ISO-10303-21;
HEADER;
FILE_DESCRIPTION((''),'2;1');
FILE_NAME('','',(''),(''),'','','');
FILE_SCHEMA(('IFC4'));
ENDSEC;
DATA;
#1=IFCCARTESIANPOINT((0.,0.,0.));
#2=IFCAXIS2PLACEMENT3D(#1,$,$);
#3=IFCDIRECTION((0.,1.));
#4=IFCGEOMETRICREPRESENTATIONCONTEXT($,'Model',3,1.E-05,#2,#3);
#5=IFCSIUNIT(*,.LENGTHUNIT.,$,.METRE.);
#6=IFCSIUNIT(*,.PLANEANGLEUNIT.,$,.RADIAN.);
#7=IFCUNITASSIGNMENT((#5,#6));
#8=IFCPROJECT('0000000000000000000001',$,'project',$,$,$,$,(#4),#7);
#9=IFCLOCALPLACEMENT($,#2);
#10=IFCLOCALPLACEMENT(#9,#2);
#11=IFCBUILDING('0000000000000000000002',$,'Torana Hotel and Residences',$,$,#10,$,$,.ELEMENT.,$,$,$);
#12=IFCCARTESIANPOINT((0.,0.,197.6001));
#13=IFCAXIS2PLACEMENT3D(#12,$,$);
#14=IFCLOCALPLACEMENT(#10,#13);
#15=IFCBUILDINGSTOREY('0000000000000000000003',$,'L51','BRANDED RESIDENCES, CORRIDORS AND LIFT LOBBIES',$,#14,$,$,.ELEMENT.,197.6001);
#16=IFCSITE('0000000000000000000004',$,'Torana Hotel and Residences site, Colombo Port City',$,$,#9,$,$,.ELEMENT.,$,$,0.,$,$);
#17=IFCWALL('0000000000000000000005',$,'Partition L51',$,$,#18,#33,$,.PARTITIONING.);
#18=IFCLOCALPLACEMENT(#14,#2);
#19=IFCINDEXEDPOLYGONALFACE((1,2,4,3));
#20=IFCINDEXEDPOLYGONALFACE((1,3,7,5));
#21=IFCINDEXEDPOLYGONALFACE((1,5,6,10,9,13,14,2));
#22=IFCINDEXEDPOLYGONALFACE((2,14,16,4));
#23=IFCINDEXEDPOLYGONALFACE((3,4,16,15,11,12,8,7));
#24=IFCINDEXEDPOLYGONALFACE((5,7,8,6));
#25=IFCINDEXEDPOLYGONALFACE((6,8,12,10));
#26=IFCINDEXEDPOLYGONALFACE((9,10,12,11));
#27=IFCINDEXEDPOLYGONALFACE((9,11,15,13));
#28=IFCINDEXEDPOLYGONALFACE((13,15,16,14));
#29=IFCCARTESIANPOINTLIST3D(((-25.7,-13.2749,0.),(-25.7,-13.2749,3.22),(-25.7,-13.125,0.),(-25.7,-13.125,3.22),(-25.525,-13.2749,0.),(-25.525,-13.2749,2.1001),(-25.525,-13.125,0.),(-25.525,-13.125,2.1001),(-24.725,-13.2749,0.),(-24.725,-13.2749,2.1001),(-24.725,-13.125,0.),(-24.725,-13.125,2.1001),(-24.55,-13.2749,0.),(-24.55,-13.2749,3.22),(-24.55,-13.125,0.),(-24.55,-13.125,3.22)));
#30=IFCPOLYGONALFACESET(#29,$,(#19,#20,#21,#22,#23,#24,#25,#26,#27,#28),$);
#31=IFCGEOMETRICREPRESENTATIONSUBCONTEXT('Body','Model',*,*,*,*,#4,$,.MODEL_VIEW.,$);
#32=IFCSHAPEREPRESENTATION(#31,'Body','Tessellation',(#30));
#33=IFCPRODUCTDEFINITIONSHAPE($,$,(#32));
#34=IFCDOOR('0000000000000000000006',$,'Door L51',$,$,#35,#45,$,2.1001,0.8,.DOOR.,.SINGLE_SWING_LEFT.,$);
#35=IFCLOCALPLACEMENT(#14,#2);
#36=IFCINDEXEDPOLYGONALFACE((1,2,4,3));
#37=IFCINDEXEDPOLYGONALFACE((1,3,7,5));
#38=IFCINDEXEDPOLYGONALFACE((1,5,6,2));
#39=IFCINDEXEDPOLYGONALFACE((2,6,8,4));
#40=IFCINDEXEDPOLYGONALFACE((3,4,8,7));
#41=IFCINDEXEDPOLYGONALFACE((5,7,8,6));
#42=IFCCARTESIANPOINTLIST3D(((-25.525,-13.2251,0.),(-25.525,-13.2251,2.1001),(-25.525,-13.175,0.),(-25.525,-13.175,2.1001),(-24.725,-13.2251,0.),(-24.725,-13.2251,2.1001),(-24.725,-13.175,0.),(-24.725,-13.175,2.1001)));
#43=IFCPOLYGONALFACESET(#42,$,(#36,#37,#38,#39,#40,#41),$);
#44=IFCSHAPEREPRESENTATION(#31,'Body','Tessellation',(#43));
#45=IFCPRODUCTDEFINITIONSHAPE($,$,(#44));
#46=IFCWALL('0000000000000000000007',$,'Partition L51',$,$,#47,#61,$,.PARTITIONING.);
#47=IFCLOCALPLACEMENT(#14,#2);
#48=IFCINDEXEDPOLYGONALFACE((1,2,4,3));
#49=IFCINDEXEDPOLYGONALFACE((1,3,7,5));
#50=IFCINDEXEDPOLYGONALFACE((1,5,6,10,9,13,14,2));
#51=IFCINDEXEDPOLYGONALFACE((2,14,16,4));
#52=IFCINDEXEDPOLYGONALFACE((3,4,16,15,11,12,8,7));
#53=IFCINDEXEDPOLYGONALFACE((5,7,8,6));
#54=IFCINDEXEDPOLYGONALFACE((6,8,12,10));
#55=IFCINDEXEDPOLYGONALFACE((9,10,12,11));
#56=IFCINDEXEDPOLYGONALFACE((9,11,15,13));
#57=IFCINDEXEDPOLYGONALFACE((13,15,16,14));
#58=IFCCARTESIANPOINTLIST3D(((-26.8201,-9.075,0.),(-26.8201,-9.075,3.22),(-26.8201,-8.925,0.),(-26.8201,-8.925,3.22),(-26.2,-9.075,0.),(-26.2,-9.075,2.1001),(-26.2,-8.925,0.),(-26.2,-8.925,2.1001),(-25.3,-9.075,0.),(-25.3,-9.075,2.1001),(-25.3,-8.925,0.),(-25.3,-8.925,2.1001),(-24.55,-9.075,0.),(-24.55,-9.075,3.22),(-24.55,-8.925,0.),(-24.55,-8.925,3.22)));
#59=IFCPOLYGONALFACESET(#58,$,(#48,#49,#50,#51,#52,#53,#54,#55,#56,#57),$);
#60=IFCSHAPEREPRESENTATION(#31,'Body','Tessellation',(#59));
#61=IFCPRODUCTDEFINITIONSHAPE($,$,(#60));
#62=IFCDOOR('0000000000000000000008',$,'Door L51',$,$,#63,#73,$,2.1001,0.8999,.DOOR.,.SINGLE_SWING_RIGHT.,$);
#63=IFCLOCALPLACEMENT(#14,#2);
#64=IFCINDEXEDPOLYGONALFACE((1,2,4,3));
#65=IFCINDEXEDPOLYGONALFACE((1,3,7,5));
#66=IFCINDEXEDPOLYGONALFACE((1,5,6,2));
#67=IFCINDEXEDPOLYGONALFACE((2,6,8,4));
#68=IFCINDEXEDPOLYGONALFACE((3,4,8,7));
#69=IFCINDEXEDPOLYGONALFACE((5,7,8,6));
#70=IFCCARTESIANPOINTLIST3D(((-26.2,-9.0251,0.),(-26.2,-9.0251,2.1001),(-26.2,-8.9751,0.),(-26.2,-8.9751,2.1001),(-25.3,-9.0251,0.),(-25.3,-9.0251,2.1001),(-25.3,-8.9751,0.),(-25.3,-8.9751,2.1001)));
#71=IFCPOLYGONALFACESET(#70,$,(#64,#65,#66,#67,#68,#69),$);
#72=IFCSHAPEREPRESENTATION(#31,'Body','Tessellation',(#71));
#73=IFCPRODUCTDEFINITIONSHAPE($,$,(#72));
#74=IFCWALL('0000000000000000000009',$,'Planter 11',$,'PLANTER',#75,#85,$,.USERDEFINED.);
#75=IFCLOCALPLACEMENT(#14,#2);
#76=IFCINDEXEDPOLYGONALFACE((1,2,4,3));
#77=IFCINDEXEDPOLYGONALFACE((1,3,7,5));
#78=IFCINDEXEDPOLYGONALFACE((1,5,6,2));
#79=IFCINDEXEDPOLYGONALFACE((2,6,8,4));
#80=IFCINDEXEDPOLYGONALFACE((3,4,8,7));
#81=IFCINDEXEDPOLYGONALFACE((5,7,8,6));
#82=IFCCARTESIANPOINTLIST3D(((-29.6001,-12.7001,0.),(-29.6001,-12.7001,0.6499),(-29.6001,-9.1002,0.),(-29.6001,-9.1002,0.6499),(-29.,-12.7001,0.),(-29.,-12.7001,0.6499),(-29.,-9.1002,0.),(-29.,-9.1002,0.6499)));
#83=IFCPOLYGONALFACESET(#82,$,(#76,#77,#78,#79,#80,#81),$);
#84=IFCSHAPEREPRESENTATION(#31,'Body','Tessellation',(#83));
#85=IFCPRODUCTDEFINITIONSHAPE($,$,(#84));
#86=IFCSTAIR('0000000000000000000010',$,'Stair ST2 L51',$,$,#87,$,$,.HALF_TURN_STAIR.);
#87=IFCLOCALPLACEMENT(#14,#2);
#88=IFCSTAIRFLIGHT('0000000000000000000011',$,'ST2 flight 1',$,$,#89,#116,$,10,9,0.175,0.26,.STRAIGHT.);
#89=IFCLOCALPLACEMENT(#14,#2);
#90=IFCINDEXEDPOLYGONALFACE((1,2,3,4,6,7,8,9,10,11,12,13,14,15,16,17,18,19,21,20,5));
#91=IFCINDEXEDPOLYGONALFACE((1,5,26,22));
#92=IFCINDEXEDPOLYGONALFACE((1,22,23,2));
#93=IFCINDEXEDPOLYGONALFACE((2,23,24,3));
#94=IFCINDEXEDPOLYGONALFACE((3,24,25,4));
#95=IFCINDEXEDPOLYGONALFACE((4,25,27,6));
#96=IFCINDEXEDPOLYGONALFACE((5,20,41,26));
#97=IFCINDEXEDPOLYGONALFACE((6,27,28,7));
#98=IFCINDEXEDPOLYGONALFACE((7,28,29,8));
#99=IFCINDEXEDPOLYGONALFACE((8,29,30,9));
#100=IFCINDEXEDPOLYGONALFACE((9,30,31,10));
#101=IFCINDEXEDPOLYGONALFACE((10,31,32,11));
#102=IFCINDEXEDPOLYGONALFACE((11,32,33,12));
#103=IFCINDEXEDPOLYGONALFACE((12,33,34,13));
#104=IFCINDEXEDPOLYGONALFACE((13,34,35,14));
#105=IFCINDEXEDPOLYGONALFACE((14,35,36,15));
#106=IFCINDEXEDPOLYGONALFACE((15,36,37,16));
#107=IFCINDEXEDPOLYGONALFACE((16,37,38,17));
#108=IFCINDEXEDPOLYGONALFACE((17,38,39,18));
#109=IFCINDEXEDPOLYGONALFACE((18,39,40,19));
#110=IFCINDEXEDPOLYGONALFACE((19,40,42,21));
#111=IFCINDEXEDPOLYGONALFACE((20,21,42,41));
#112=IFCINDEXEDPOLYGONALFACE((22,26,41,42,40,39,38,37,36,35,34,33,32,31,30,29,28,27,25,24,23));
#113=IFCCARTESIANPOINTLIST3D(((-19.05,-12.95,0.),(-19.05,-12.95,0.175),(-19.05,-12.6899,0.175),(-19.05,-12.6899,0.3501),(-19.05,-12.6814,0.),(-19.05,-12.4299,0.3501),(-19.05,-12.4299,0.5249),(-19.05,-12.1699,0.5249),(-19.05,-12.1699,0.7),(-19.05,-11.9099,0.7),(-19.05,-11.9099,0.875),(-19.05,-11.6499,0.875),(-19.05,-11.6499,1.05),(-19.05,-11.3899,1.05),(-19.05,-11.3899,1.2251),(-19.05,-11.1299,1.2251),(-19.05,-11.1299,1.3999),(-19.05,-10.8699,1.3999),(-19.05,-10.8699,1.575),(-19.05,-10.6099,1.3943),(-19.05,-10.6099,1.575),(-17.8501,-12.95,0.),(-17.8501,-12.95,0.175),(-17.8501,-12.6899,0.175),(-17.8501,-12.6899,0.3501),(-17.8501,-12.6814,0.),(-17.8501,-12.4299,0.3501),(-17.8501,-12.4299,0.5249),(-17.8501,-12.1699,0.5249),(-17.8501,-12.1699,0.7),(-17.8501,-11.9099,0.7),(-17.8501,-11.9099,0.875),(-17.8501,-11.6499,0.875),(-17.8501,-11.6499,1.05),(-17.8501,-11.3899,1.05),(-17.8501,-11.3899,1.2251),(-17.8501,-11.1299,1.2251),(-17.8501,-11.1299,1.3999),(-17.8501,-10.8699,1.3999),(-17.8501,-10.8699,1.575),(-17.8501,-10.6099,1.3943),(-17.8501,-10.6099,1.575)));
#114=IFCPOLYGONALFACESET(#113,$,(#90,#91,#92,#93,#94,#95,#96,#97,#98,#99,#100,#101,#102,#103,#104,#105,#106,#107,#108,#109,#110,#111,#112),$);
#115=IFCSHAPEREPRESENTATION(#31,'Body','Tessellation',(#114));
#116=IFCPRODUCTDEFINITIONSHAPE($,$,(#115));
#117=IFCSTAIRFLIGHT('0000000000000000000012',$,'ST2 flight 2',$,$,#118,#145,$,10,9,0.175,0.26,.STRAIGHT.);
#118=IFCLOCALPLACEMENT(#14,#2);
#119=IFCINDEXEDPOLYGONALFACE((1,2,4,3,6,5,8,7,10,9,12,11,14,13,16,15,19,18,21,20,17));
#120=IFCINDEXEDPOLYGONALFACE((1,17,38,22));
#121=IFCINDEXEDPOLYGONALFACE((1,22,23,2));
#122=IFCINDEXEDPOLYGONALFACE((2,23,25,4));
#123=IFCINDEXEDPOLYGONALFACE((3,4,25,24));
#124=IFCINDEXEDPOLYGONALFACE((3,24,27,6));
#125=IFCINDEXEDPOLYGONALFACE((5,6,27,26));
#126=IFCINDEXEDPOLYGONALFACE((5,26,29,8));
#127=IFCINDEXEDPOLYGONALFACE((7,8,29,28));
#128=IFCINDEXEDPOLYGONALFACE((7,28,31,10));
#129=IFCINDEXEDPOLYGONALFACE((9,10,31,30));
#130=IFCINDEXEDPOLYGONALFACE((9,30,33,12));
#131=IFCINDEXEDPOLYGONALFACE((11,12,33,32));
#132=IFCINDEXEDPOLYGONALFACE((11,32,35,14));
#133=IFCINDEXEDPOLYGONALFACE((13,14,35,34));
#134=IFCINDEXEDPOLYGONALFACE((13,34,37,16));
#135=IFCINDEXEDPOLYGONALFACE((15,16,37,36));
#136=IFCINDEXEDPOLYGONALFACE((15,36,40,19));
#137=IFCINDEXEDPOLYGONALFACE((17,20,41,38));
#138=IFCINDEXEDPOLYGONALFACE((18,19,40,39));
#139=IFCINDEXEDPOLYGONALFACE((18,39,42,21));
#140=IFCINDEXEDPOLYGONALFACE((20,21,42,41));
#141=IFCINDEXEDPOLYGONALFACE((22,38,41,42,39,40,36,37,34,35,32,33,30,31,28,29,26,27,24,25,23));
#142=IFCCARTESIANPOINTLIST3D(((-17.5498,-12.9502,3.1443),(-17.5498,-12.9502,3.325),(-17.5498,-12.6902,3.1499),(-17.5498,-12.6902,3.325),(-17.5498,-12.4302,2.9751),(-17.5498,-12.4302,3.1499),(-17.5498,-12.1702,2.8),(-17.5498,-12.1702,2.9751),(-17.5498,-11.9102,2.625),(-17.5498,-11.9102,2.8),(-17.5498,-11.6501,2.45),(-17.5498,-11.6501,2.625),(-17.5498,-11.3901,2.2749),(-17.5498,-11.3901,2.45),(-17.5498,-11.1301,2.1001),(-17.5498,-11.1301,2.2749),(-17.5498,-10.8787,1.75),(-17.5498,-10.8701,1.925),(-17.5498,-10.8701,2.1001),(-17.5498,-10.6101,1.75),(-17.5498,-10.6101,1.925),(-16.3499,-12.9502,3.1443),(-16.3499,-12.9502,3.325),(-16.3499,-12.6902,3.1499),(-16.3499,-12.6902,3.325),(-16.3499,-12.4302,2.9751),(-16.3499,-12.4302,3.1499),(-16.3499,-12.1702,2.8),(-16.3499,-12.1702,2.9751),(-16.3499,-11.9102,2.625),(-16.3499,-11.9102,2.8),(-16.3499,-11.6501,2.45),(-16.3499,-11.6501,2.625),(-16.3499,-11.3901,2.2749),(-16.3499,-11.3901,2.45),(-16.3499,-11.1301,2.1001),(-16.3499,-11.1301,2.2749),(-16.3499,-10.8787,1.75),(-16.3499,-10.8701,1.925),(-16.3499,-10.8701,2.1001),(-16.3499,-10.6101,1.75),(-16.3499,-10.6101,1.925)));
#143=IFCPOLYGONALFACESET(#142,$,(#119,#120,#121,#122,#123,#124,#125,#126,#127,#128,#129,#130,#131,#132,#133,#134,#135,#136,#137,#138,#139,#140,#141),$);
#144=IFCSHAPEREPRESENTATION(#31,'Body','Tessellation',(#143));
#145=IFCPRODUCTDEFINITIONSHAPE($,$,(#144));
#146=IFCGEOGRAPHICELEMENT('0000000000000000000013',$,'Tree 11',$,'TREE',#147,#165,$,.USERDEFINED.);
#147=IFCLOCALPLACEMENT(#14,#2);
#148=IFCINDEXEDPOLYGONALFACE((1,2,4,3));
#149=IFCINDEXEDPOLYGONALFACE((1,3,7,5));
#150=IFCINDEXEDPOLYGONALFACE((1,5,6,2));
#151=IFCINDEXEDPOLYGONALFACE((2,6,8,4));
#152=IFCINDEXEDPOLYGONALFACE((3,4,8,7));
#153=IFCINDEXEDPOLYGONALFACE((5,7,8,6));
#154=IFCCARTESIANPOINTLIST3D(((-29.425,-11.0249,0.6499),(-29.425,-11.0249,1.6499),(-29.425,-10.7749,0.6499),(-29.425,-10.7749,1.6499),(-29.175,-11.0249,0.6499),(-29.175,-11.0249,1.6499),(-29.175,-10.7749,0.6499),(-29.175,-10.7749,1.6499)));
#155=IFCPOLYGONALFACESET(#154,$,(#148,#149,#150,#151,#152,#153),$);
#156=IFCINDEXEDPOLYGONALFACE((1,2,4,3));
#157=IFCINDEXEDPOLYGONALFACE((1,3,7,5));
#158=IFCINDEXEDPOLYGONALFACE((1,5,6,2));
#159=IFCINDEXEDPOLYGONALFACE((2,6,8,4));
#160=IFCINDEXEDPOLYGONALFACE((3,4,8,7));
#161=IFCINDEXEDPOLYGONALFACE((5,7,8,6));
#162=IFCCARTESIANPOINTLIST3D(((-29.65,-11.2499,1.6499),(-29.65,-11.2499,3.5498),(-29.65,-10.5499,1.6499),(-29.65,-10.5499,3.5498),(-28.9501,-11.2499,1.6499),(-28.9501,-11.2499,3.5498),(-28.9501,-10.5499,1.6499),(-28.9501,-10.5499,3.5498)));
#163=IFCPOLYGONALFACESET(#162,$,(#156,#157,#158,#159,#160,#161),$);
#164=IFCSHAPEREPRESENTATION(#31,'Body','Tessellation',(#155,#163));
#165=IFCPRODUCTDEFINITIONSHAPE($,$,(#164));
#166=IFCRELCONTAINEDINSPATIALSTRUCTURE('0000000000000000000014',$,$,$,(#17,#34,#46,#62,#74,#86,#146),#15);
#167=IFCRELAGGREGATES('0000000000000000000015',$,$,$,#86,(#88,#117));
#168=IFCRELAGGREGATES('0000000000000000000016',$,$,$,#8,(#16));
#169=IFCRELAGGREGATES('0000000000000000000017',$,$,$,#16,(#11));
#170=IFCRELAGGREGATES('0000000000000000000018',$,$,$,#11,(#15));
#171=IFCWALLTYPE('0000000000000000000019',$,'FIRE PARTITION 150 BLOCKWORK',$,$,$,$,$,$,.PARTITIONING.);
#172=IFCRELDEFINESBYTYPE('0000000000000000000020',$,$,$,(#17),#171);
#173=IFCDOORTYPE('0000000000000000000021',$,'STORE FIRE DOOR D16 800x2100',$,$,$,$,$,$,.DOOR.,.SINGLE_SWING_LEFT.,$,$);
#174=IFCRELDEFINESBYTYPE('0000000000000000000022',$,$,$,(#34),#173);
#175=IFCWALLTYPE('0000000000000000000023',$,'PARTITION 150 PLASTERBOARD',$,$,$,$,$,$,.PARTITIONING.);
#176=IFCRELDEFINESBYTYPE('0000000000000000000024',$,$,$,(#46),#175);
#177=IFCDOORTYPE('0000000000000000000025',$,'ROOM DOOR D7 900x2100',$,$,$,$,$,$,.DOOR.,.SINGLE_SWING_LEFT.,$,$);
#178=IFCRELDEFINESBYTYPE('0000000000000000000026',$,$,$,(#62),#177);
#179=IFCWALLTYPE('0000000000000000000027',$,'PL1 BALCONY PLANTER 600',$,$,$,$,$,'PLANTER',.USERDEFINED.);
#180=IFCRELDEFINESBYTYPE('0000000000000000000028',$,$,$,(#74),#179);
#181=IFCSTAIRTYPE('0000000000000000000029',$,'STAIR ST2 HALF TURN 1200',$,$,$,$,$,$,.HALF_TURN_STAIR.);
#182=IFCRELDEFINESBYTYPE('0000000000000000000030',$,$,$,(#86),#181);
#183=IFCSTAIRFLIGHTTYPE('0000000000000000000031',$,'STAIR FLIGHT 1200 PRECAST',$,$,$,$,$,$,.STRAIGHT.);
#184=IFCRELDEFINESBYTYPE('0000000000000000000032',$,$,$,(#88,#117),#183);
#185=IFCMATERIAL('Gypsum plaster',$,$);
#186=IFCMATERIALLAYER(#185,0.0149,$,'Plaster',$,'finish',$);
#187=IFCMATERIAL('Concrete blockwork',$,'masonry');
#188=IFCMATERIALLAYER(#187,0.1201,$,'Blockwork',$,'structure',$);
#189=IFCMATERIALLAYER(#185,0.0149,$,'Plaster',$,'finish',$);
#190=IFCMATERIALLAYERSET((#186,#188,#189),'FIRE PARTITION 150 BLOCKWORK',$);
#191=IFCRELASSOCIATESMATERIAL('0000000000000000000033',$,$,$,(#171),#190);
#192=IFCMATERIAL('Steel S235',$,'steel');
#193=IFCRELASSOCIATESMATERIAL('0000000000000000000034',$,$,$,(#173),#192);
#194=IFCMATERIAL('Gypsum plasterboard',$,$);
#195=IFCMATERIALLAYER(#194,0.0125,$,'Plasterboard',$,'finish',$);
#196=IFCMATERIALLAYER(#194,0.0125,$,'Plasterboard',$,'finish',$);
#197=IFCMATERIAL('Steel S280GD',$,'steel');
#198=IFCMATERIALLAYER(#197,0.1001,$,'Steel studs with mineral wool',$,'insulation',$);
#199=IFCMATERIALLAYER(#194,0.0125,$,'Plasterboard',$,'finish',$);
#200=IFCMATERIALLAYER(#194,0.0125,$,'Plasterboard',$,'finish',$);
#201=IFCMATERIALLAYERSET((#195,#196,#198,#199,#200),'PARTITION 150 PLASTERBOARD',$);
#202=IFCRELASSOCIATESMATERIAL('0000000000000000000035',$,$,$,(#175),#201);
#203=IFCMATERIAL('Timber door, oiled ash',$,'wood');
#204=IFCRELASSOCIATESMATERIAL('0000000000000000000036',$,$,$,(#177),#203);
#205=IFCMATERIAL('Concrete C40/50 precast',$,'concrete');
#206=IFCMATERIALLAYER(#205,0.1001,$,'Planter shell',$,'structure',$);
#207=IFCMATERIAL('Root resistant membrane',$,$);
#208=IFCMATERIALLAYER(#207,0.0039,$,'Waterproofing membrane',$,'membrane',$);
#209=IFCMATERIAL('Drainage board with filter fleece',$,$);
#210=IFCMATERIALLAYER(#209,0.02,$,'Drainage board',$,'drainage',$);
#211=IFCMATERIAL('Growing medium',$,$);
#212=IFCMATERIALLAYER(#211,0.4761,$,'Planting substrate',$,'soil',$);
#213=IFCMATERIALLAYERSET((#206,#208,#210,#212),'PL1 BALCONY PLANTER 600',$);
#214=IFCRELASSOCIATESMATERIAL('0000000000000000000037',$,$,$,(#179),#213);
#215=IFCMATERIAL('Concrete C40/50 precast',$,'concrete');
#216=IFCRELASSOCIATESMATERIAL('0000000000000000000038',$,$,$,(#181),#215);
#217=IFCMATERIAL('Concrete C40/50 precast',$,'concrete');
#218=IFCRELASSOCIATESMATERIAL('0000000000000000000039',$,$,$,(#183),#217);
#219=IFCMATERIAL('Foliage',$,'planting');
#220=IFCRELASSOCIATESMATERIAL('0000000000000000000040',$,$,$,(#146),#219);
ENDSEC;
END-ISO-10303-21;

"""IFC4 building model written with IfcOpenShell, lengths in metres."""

from ifc_helpers import new_model, si_unit, direction, frame, frame_2d, origin, origin_2d, place, context, subcontext, project, spatial, polyline, rectangle, outline, extrude, material, layer, layer_set, type_object, element, fill, aggregate, save


model = new_model("IFC4")

# Units and contexts
model_context = context("Model", 3, precision=1e-05, world=origin(), true_north=direction((0.0, 1.0)))
body_context = subcontext(model_context, "Body", "Model", "MODEL_VIEW")
ifc_project = project(units=[si_unit("LENGTHUNIT", "METRE"), si_unit("PLANEANGLEUNIT", "RADIAN")], contexts=[model_context])

# Site, building, storey
site_placement = place(None, origin())
site = spatial("IfcSite", under=ifc_project, at=site_placement, Name="Torana Hotel and Residences site, Colombo Port City", CompositionType="ELEMENT", RefElevation=0.0)
building_placement = place(site_placement, origin())
building = spatial("IfcBuilding", under=site, at=building_placement, Name="Torana Hotel and Residences", CompositionType="ELEMENT")
storey_placement = place(building_placement, frame((0.0, 0.0, 197.6001)))
storey = spatial("IfcBuildingStorey", under=building, at=storey_placement, Name="L51", Description="BRANDED RESIDENCES, CORRIDORS AND LIFT LOBBIES", CompositionType="ELEMENT", Elevation=197.6001)

# Walls, openings, doors
ifc_material_1 = material(Name="Gypsum plaster")
ifc_layer_1 = layer(ifc_material_1, 0.0149, Name="Plaster", Category="finish")
ifc_material_2 = material(Name="Concrete blockwork", Category="masonry")
ifc_layer_2 = layer(ifc_material_2, 0.1201, Name="Blockwork", Category="structure")
ifc_layer_3 = layer(ifc_material_1, 0.0149, Name="Plaster", Category="finish")
ifc_layer_set_1 = layer_set([ifc_layer_1, ifc_layer_2, ifc_layer_3], Name="FIRE PARTITION 150 BLOCKWORK")
wall_type_1 = type_object("IfcWallType", Name="FIRE PARTITION 150 BLOCKWORK", PredefinedType="PARTITIONING", material=ifc_layer_set_1)
wall_1_placement = place(storey_placement, frame((-25.7, -13.2, 0.0), z_axis=(0.0, 0.0, 1.0), x_axis=(1.0, 0.0, 0.0)))
wall_1 = element("IfcWall", 1, at=wall_1_placement, inside=storey, type_object=wall_type_1, Name="Partition L51", PredefinedType="PARTITIONING", context=body_context, shape_type="SweptSolid", body=[
    extrude(rectangle(XDim=1.1499, YDim=0.1499, at=frame_2d((0.575, 0.0))), origin(), (0.0, 0.0, 1.0), 3.22),
])
opening_1_placement = place(wall_1_placement, frame((0.175, 0.0, 0.0)))
opening_1 = element("IfcOpeningElement", 2, at=opening_1_placement, cuts=wall_1, PredefinedType="OPENING", context=body_context, shape_type="SweptSolid", body=[
    extrude(rectangle(XDim=0.8, YDim=2.1001, at=frame_2d((0.3999, 1.05))), frame((0.0, 0.085, 0.0), z_axis=(0.0, -1.0, 0.0), x_axis=(1.0, 0.0, 0.0)), (0.0, 0.0, 1.0), 0.1699),
])
ifc_material_3 = material(Name="Steel S235", Category="steel")
door_type_1 = type_object("IfcDoorType", Name="STORE FIRE DOOR D16 800x2100", OperationType="SINGLE_SWING_LEFT", PredefinedType="DOOR", material=ifc_material_3)
door_1_placement = place(opening_1_placement, origin())
door_1 = element("IfcDoor", 3, at=door_1_placement, inside=storey, type_object=door_type_1, Name="Door L51", OperationType="SINGLE_SWING_LEFT", OverallHeight=2.1001, OverallWidth=0.8, PredefinedType="DOOR", context=body_context, shape_type="SweptSolid", body=[
    extrude(rectangle(XDim=0.8, YDim=2.1001, at=frame_2d((0.3999, 1.05))), frame((0.0, 0.0249, 0.0), z_axis=(0.0, -1.0, 0.0), x_axis=(1.0, 0.0, 0.0)), (0.0, 0.0, 1.0), 0.05),
])
fill(opening_1, door_1)
ifc_material_4 = material(Name="Gypsum plasterboard")
ifc_layer_4 = layer(ifc_material_4, 0.0125, Name="Plasterboard", Category="finish")
ifc_layer_5 = layer(ifc_material_4, 0.0125, Name="Plasterboard", Category="finish")
ifc_material_5 = material(Name="Steel S280GD", Category="steel")
ifc_layer_6 = layer(ifc_material_5, 0.1001, Name="Steel studs with mineral wool", Category="insulation")
ifc_layer_7 = layer(ifc_material_4, 0.0125, Name="Plasterboard", Category="finish")
ifc_layer_8 = layer(ifc_material_4, 0.0125, Name="Plasterboard", Category="finish")
ifc_layer_set_2 = layer_set([ifc_layer_4, ifc_layer_5, ifc_layer_6, ifc_layer_7, ifc_layer_8], Name="PARTITION 150 PLASTERBOARD")
wall_type_2 = type_object("IfcWallType", Name="PARTITION 150 PLASTERBOARD", PredefinedType="PARTITIONING", material=ifc_layer_set_2)
wall_2_placement = place(storey_placement, frame((-26.8201, -9.0, 0.0), z_axis=(0.0, 0.0, 1.0), x_axis=(1.0, 0.0, 0.0)))
wall_2 = element("IfcWall", 4, at=wall_2_placement, inside=storey, type_object=wall_type_2, Name="Partition L51", PredefinedType="PARTITIONING", context=body_context, shape_type="SweptSolid", body=[
    extrude(rectangle(XDim=2.27, YDim=0.1499, at=frame_2d((1.135, 0.0))), origin(), (0.0, 0.0, 1.0), 3.22),
])
opening_2_placement = place(wall_2_placement, frame((0.6201, 0.0, 0.0)))
opening_2 = element("IfcOpeningElement", 5, at=opening_2_placement, cuts=wall_2, PredefinedType="OPENING", context=body_context, shape_type="SweptSolid", body=[
    extrude(rectangle(XDim=0.8999, YDim=2.1001, at=frame_2d((0.45, 1.05))), frame((0.0, 0.085, 0.0), z_axis=(0.0, -1.0, 0.0), x_axis=(1.0, 0.0, 0.0)), (0.0, 0.0, 1.0), 0.1699),
])
ifc_material_6 = material(Name="Timber door, oiled ash", Category="wood")
door_type_2 = type_object("IfcDoorType", Name="ROOM DOOR D7 900x2100", OperationType="SINGLE_SWING_LEFT", PredefinedType="DOOR", material=ifc_material_6)
door_2_placement = place(opening_2_placement, origin())
door_2 = element("IfcDoor", 6, at=door_2_placement, inside=storey, type_object=door_type_2, Name="Door L51", OperationType="SINGLE_SWING_RIGHT", OverallHeight=2.1001, OverallWidth=0.8999, PredefinedType="DOOR", context=body_context, shape_type="SweptSolid", body=[
    extrude(rectangle(XDim=0.8999, YDim=2.1001, at=frame_2d((0.45, 1.05))), frame((0.0, 0.0249, 0.0), z_axis=(0.0, -1.0, 0.0), x_axis=(1.0, 0.0, 0.0)), (0.0, 0.0, 1.0), 0.05),
])
fill(opening_2, door_2)

# Wall
ifc_material_7 = material(Name="Concrete C40/50 precast", Category="concrete")
ifc_layer_9 = layer(ifc_material_7, 0.1001, Name="Planter shell", Category="structure")
ifc_material_8 = material(Name="Root resistant membrane")
ifc_layer_10 = layer(ifc_material_8, 0.0039, Name="Waterproofing membrane", Category="membrane")
ifc_material_9 = material(Name="Drainage board with filter fleece")
ifc_layer_11 = layer(ifc_material_9, 0.02, Name="Drainage board", Category="drainage")
ifc_material_10 = material(Name="Growing medium")
ifc_layer_12 = layer(ifc_material_10, 0.4761, Name="Planting substrate", Category="soil")
ifc_layer_set_3 = layer_set([ifc_layer_9, ifc_layer_10, ifc_layer_11, ifc_layer_12], Name="PL1 BALCONY PLANTER 600")
wall_type_3 = type_object("IfcWallType", Name="PL1 BALCONY PLANTER 600", ElementType="PLANTER", PredefinedType="USERDEFINED", material=ifc_layer_set_3)
wall_3_placement = place(storey_placement, frame((-29.3, -12.7, 0.0), z_axis=(0.0, 0.0, 1.0), x_axis=(0.0, 1.0, 0.0)))
element("IfcWall", 7, at=wall_3_placement, inside=storey, type_object=wall_type_3, Name="Planter 11", ObjectType="PLANTER", PredefinedType="USERDEFINED", context=body_context, shape_type="SweptSolid", body=[
    extrude(rectangle(XDim=3.5999, YDim=0.6001, at=frame_2d((1.7998, 0.0))), origin(), (0.0, 0.0, 1.0), 0.6499),
])

# Stair, stair flights
ifc_material_11 = material(Name="Concrete C40/50 precast", Category="concrete")
stair_type = type_object("IfcStairType", Name="STAIR ST2 HALF TURN 1200", PredefinedType="HALF_TURN_STAIR", material=ifc_material_11)
stair_placement = place(storey_placement, origin())
stair = element("IfcStair", 8, at=stair_placement, inside=storey, type_object=stair_type, Name="Stair ST2 L51", PredefinedType="HALF_TURN_STAIR")
ifc_material_12 = material(Name="Concrete C40/50 precast", Category="concrete")
stair_flight_type = type_object("IfcStairFlightType", Name="STAIR FLIGHT 1200 PRECAST", PredefinedType="STRAIGHT", material=ifc_material_12)
stair_flight_1_placement = place(storey_placement, frame((-18.45, -12.95, 0.0), z_axis=(0.0, 0.0, 1.0), x_axis=(0.0, 1.0, 0.0)))
stair_flight_1 = element("IfcStairFlight", 9, at=stair_flight_1_placement, type_object=stair_flight_type, Name="ST2 flight 1", NumberOfRisers=10, NumberOfTreads=9, PredefinedType="STRAIGHT", RiserHeight=0.175, TreadLength=0.26, context=body_context, shape_type="SweptSolid", body=[
    extrude(outline(polyline([(0.0, 0.0), (0.0, 0.175), (0.26, 0.175), (0.26, 0.3501), (0.52, 0.3501), (0.52, 0.5249), (0.78, 0.5249), (0.78, 0.7), (1.04, 0.7), (1.04, 0.875), (1.3, 0.875), (1.3, 1.05), (1.5601, 1.05), (1.5601, 1.2251), (1.8201, 1.2251), (1.8201, 1.3999), (2.0801, 1.3999), (2.0801, 1.575), (2.3401, 1.575), (2.3401, 1.75), (2.3401, 1.3943), (0.2686, 0.0), (0.0, 0.0)])), frame((0.0, 0.6001, 0.0), z_axis=(0.0, -1.0, 0.0), x_axis=(1.0, 0.0, 0.0)), (0.0, 0.0, 1.0), 1.2),
])
stair_flight_2_placement = place(storey_placement, frame((-16.95, -10.6101, 1.75), z_axis=(0.0, 0.0, 1.0), x_axis=(0.0, -1.0, 0.0)))
stair_flight_2 = element("IfcStairFlight", 10, at=stair_flight_2_placement, type_object=stair_flight_type, Name="ST2 flight 2", NumberOfRisers=10, NumberOfTreads=9, PredefinedType="STRAIGHT", RiserHeight=0.175, TreadLength=0.26, context=body_context, shape_type="SweptSolid", body=[
    extrude(outline(polyline([(0.0, 0.0), (0.0, 0.175), (0.26, 0.175), (0.26, 0.3501), (0.52, 0.3501), (0.52, 0.5249), (0.78, 0.5249), (0.78, 0.7), (1.04, 0.7), (1.04, 0.875), (1.3, 0.875), (1.3, 1.05), (1.5601, 1.05), (1.5601, 1.2251), (1.8201, 1.2251), (1.8201, 1.3999), (2.0801, 1.3999), (2.0801, 1.575), (2.3401, 1.575), (2.3401, 1.75), (2.3401, 1.3943), (0.2686, 0.0), (0.0, 0.0)])), frame((0.0, 0.6001, 0.0), z_axis=(0.0, -1.0, 0.0), x_axis=(1.0, 0.0, 0.0)), (0.0, 0.0, 1.0), 1.2),
])
aggregate(stair, [stair_flight_1, stair_flight_2])

# Geographic element
ifc_material_13 = material(Name="Foliage", Category="planting")
geographic_element_placement = place(storey_placement, frame((-29.3, -10.8999, 0.6499), z_axis=(0.0, 0.0, 1.0), x_axis=(1.0, 0.0, 0.0)))
element("IfcGeographicElement", 11, at=geographic_element_placement, inside=storey, material=ifc_material_13, Name="Tree 11", ObjectType="TREE", PredefinedType="USERDEFINED", context=body_context, shape_type="SweptSolid", body=[
    extrude(rectangle(XDim=0.25, YDim=0.25, at=origin_2d()), origin(), (0.0, 0.0, 1.0), 1.0),
    extrude(rectangle(XDim=0.7, YDim=0.7, at=origin_2d()), frame((0.0, 0.0, 1.0)), (0.0, 0.0, 1.0), 1.8999),
])

save(model, "model.ifc")
